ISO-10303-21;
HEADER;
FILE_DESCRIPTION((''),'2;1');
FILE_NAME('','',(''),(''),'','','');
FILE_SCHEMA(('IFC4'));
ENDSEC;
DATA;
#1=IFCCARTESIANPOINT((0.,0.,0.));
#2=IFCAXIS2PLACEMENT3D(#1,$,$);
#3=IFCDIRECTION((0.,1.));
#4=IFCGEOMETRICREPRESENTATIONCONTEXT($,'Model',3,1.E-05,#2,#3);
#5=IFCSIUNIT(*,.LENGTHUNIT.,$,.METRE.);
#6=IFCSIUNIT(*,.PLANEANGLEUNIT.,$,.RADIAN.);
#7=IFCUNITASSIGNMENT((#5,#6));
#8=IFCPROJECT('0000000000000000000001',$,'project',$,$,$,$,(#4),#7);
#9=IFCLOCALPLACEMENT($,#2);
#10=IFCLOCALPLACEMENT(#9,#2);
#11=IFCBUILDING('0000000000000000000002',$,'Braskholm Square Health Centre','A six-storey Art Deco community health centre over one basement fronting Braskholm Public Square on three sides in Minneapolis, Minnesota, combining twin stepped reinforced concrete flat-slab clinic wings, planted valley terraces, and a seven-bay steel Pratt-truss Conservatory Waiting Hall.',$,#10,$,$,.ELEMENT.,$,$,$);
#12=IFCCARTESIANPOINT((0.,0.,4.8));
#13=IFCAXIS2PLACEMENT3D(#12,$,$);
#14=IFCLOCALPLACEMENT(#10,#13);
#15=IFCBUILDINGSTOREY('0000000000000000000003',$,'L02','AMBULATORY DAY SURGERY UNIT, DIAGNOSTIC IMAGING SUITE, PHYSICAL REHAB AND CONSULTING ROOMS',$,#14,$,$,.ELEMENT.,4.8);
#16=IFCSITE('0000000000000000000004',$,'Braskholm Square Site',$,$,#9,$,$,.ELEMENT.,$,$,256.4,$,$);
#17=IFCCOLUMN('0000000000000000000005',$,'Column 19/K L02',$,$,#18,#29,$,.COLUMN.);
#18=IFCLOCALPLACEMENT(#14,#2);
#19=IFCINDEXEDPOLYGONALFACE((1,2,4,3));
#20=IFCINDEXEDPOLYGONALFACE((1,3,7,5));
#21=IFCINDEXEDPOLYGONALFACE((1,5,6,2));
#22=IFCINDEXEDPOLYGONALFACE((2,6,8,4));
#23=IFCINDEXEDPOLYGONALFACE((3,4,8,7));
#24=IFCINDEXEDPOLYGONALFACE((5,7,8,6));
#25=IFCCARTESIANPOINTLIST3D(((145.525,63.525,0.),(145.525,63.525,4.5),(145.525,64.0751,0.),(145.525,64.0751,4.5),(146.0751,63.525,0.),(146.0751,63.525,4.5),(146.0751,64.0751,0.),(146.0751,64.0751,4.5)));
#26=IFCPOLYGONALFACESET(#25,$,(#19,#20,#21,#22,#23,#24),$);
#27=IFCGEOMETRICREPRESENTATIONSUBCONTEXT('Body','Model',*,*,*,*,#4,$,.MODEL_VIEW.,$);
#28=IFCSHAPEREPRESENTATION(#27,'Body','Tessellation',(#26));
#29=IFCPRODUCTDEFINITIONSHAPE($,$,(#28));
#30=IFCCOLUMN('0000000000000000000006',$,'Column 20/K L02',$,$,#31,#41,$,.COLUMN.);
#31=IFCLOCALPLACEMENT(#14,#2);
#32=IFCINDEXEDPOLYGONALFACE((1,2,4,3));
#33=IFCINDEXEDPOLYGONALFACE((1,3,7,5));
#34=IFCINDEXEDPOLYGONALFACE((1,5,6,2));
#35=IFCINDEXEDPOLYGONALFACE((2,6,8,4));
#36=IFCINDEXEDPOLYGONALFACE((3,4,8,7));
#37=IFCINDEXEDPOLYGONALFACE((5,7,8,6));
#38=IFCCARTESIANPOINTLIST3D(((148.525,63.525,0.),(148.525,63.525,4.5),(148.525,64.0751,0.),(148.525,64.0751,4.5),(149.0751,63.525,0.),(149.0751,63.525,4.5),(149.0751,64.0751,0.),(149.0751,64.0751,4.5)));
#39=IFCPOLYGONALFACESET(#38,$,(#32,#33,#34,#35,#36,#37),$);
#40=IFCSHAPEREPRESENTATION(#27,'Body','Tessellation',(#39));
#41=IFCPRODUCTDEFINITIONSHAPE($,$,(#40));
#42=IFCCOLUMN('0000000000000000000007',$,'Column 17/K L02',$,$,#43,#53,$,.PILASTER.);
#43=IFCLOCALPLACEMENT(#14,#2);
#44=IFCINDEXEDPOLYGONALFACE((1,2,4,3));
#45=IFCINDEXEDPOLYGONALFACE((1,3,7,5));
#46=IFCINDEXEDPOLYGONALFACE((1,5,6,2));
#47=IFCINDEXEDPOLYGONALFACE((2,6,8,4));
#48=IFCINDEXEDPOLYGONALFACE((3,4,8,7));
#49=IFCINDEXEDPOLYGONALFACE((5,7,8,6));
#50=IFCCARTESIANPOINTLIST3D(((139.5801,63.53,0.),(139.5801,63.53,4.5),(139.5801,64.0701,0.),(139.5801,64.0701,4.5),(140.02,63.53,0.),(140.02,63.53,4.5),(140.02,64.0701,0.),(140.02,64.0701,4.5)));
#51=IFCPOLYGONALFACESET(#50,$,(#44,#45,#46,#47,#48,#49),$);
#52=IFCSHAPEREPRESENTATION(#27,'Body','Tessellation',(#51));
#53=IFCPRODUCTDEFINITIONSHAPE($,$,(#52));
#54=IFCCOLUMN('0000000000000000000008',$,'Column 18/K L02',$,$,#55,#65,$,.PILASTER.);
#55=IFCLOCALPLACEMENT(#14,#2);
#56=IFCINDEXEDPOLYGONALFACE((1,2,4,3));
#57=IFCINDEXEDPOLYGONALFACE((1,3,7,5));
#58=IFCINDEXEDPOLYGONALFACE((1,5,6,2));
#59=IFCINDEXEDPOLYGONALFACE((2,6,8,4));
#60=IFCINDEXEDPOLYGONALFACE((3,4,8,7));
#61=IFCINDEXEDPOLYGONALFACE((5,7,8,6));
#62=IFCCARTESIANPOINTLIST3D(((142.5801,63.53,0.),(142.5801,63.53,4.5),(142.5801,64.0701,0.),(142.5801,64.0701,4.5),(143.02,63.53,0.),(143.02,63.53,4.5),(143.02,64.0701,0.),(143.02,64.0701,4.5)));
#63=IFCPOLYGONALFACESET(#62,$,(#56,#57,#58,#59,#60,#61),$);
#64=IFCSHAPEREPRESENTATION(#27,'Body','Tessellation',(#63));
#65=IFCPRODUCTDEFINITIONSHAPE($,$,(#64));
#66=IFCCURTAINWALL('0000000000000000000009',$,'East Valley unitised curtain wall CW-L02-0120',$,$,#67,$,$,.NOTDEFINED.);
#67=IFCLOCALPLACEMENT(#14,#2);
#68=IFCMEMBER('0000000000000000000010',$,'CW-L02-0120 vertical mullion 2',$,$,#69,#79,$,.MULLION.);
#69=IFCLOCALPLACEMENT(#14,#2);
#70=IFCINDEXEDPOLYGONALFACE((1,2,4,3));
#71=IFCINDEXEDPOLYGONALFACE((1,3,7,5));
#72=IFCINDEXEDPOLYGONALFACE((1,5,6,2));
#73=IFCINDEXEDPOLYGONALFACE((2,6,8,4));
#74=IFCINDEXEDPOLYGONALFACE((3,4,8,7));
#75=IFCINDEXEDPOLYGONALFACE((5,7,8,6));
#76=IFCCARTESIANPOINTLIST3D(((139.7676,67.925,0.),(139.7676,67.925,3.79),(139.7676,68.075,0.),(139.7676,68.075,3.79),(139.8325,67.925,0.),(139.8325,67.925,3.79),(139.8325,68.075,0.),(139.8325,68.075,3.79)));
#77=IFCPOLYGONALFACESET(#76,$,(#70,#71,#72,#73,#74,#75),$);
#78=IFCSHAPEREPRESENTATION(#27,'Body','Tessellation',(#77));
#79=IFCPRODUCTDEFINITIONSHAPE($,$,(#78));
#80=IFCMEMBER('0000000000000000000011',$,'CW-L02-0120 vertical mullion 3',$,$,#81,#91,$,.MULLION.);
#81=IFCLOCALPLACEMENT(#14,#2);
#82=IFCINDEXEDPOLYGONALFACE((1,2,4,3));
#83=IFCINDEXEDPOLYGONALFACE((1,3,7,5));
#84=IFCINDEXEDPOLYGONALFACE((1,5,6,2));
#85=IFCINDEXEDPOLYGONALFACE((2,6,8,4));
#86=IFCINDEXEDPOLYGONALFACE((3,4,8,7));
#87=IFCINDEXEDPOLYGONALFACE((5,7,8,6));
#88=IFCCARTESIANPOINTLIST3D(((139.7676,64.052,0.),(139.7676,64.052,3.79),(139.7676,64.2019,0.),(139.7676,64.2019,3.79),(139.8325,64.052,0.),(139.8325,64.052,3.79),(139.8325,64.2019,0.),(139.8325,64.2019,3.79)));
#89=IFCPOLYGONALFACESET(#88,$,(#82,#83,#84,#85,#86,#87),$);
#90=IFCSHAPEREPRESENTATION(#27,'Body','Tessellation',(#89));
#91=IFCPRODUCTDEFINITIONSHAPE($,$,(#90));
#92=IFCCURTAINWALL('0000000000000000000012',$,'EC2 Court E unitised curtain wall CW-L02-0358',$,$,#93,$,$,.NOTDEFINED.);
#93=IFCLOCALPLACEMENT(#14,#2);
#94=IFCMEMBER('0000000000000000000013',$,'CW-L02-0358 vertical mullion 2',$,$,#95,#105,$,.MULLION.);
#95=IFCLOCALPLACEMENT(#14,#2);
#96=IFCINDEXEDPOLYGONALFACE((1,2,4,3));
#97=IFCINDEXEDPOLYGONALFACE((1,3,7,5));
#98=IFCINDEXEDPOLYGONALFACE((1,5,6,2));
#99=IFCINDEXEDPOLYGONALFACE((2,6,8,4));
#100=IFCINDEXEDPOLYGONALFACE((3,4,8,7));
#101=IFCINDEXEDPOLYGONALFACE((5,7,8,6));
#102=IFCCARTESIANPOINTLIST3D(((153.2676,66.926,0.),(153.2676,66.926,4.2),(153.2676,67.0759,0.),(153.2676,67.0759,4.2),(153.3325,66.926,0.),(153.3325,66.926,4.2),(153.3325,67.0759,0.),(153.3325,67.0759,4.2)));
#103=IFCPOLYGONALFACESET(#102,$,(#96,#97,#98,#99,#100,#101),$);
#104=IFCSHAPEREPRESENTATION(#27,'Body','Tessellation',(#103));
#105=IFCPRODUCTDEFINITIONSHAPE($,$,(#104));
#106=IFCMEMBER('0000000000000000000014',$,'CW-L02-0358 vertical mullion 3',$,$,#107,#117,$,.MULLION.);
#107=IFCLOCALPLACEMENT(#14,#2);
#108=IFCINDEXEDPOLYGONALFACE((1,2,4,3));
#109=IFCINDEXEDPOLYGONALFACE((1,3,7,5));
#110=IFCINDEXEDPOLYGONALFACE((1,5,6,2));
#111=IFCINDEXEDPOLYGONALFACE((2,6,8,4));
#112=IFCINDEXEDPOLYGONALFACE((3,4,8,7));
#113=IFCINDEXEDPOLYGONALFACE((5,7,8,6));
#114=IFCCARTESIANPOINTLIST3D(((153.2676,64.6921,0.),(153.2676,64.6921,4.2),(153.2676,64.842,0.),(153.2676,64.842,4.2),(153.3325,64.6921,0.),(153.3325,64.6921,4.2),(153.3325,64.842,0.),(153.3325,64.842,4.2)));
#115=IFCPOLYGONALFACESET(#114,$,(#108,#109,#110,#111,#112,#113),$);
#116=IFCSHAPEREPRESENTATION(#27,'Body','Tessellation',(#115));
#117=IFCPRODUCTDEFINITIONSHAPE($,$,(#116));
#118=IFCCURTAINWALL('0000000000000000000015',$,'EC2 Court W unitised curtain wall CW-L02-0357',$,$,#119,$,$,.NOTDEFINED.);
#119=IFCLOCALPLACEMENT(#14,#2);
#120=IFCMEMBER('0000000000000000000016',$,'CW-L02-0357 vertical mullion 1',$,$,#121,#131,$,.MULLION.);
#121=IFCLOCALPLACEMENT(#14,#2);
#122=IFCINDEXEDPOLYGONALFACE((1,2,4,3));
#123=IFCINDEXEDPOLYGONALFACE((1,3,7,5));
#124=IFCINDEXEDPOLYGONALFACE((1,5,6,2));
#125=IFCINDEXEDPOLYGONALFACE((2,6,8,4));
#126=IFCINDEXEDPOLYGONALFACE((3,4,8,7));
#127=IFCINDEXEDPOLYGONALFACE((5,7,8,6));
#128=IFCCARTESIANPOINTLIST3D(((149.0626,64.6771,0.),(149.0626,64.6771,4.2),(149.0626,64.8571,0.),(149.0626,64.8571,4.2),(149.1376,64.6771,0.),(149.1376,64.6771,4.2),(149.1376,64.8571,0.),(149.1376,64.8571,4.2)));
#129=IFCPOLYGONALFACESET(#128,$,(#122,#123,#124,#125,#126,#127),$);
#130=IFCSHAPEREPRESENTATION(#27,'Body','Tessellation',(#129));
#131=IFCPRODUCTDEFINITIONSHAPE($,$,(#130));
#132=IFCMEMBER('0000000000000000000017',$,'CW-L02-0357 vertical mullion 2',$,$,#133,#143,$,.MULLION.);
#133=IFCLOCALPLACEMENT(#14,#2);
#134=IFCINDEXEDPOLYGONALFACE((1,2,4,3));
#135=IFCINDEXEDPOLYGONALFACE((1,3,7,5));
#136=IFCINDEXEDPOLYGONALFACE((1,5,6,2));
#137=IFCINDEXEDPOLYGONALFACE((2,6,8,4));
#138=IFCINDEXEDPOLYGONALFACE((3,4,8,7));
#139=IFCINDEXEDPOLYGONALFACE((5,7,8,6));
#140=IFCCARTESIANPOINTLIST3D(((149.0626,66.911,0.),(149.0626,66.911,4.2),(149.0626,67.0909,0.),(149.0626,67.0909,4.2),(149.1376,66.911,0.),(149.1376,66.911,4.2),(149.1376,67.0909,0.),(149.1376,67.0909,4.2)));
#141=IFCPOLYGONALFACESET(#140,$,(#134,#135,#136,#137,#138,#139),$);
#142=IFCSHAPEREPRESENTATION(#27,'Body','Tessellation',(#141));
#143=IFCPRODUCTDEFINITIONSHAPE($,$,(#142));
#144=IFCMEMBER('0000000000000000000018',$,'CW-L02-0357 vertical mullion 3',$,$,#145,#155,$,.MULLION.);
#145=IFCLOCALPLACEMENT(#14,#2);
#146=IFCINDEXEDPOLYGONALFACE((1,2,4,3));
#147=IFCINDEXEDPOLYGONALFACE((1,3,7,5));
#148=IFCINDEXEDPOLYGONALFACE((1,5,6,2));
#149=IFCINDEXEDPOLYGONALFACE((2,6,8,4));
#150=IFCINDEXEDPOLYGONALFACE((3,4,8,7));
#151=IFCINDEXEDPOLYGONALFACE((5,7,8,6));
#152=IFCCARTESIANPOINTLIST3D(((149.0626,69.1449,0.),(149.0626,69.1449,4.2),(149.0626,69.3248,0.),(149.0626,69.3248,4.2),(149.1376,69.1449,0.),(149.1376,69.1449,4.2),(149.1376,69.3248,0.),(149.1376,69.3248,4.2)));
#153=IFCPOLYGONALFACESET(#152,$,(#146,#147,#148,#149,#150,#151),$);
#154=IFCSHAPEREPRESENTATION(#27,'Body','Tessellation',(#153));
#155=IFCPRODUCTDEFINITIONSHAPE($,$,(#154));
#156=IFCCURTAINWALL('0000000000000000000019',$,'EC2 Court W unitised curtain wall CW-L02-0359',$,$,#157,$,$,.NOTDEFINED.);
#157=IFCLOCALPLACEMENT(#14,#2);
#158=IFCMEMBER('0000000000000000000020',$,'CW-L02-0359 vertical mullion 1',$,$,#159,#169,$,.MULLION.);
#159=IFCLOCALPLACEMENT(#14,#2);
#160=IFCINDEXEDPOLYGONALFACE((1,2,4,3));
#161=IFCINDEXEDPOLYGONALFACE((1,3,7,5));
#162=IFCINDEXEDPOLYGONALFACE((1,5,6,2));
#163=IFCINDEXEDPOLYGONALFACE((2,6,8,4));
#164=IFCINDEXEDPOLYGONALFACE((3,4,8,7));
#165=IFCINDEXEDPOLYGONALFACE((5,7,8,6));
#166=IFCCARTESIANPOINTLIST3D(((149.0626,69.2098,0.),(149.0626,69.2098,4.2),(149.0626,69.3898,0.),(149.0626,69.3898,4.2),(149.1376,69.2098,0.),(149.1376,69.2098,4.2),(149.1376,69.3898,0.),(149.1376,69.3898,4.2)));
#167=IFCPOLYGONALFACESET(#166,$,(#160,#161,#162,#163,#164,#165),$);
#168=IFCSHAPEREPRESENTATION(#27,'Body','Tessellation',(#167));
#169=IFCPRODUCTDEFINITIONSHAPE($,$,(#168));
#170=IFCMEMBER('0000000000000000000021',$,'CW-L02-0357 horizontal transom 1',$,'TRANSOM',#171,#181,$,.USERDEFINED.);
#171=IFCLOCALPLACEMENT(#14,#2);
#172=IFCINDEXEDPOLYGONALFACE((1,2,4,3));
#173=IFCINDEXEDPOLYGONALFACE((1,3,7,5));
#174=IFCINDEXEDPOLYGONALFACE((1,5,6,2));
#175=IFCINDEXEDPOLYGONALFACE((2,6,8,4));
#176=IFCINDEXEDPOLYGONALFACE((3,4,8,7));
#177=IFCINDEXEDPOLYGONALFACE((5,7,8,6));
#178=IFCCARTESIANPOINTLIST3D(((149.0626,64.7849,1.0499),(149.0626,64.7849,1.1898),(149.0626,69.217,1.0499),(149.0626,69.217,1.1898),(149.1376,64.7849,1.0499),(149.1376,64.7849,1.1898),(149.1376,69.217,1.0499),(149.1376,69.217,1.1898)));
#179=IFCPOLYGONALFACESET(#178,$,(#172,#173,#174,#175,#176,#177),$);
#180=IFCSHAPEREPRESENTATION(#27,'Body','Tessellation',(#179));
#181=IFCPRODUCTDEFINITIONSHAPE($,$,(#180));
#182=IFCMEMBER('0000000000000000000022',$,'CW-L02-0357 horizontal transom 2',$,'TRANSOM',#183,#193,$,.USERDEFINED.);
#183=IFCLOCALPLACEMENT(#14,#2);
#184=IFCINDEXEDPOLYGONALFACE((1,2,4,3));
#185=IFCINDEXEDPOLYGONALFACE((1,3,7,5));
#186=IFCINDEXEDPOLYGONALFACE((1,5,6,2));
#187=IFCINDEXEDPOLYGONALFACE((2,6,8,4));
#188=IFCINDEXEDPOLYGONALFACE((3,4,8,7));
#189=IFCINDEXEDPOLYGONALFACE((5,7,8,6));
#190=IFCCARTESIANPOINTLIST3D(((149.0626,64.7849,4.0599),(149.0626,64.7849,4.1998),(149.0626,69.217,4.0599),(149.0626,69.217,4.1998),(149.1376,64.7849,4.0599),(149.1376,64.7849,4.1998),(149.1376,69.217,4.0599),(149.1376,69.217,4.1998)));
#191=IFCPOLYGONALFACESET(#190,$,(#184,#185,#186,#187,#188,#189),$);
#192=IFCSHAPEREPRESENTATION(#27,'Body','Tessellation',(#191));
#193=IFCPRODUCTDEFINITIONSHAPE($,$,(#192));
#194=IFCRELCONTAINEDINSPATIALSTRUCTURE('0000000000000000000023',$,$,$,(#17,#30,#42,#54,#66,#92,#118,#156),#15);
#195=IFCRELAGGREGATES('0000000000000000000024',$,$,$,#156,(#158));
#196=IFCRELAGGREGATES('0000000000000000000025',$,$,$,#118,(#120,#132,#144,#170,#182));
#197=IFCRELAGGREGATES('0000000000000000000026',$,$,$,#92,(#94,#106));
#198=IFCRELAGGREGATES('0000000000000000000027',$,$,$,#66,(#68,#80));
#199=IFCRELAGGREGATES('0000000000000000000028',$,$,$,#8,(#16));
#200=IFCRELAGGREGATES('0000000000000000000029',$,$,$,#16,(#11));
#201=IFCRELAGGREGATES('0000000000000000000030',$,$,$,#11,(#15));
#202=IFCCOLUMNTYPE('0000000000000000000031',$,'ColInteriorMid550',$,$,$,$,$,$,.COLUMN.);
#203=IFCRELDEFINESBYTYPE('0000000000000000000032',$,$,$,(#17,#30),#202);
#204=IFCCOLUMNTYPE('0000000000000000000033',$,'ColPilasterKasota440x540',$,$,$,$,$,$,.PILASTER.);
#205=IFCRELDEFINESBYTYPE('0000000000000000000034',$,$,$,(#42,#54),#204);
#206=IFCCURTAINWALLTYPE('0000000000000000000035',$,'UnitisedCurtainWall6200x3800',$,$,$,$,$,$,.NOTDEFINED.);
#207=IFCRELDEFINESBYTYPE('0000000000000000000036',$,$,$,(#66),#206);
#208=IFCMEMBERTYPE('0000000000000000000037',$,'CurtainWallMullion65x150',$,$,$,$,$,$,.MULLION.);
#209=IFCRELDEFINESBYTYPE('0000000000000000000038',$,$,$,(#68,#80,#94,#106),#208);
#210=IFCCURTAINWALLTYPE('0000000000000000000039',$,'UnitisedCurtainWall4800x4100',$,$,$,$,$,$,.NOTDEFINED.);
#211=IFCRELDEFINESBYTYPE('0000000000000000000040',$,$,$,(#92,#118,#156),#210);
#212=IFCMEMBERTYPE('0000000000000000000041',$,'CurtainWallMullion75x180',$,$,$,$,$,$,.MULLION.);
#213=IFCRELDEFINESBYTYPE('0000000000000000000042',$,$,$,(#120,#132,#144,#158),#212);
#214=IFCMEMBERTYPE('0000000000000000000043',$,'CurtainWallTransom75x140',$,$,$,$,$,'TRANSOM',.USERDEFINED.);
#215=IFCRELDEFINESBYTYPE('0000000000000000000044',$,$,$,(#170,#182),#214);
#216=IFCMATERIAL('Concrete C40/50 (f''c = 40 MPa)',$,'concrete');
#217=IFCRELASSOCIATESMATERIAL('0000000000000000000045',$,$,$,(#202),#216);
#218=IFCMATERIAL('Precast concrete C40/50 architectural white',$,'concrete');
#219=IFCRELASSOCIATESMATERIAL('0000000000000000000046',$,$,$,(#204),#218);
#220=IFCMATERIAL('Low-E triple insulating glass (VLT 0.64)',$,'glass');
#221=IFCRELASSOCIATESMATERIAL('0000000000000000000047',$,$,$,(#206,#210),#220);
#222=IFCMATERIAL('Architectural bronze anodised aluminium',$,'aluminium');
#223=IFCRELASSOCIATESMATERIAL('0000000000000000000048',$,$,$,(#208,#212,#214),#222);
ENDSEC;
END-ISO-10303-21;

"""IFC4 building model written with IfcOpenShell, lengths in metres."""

from ifc_helpers import new_model, si_unit, direction, frame, origin, origin_2d, place, context, subcontext, project, spatial, rectangle, extrude, material, material_profile, profile_set, type_object, element, aggregate, save


model = new_model("IFC4")

# Units and contexts
model_context = context("Model", 3, precision=1e-05, world=origin(), true_north=direction((0.0, 1.0)))
body_context = subcontext(model_context, "Body", "Model", "MODEL_VIEW")
ifc_project = project(units=[si_unit("LENGTHUNIT", "METRE"), si_unit("PLANEANGLEUNIT", "RADIAN")], contexts=[model_context])

# Site, building, storey
site_placement = place(None, origin())
site = spatial("IfcSite", under=ifc_project, at=site_placement, Name="Braskholm Square Site", CompositionType="ELEMENT", RefElevation=256.4)
building_placement = place(site_placement, origin())
building = spatial("IfcBuilding", under=site, at=building_placement, Name="Braskholm Square Health Centre", Description="A six-storey Art Deco community health centre over one basement fronting Braskholm Public Square on three sides in Minneapolis, Minnesota, combining twin stepped reinforced concrete flat-slab clinic wings, planted valley terraces, and a seven-bay steel Pratt-truss Conservatory Waiting Hall.", CompositionType="ELEMENT")
storey_placement = place(building_placement, frame((0.0, 0.0, 4.8)))
storey = spatial("IfcBuildingStorey", under=building, at=storey_placement, Name="L02", Description="AMBULATORY DAY SURGERY UNIT, DIAGNOSTIC IMAGING SUITE, PHYSICAL REHAB AND CONSULTING ROOMS", CompositionType="ELEMENT", Elevation=4.8)

# Columns
ifc_material_1 = material(Name="Concrete C40/50 (f'c = 40 MPa)", Category="concrete")
ifc_material_profile_1 = material_profile(ifc_material_1, rectangle(XDim=0.55, YDim=0.55, at=origin_2d()), Name="RC-550X550")
ifc_profile_set_1 = profile_set([ifc_material_profile_1], Name="Concrete C40/50 (f'c = 40 MPa)")
column_type_1 = type_object("IfcColumnType", Name="ColInteriorMid550", PredefinedType="COLUMN", material=ifc_profile_set_1)
for number, where, z_axis, x_axis, name in (
    (1, (145.8, 63.8, 0.0), (0.0, 0.0, 1.0), (1.0, 0.0, 0.0), "Column 19/K L02"),
    (2, (148.8, 63.8, 0.0), (0.0, 0.0, 1.0), (1.0, 0.0, 0.0), "Column 20/K L02"),
):
    element("IfcColumn", number, at=place(storey_placement, frame(where, z_axis=z_axis, x_axis=x_axis)), inside=storey, type_object=column_type_1, Name=name, PredefinedType="COLUMN", context=body_context, shape_type="SweptSolid", body=[
        extrude(rectangle(XDim=0.55, YDim=0.55, at=origin_2d()), origin(), (0.0, 0.0, 1.0), 4.5),
    ])
ifc_material_2 = material(Name="Precast concrete C40/50 architectural white", Category="concrete")
ifc_material_profile_2 = material_profile(ifc_material_2, rectangle(XDim=0.4399, YDim=0.54, at=origin_2d()), Name="RC-440X540")
ifc_profile_set_2 = profile_set([ifc_material_profile_2], Name="Precast concrete C40/50 architectural white")
column_type_2 = type_object("IfcColumnType", Name="ColPilasterKasota440x540", PredefinedType="PILASTER", material=ifc_profile_set_2)
for number, where, z_axis, x_axis, name in (
    (3, (139.8, 63.8, 0.0), (0.0, 0.0, 1.0), (1.0, 0.0, 0.0), "Column 17/K L02"),
    (4, (142.8, 63.8, 0.0), (0.0, 0.0, 1.0), (1.0, 0.0, 0.0), "Column 18/K L02"),
):
    element("IfcColumn", number, at=place(storey_placement, frame(where, z_axis=z_axis, x_axis=x_axis)), inside=storey, type_object=column_type_2, Name=name, PredefinedType="PILASTER", context=body_context, shape_type="SweptSolid", body=[
        extrude(rectangle(XDim=0.4399, YDim=0.54, at=origin_2d()), origin(), (0.0, 0.0, 1.0), 4.5),
    ])

# Curtain walls, members
ifc_material_3 = material(Name="Low-E triple insulating glass (VLT 0.64)", Category="glass")
curtain_wall_type_1 = type_object("IfcCurtainWallType", Name="UnitisedCurtainWall6200x3800", PredefinedType="NOTDEFINED", material=ifc_material_3)
curtain_wall_1_placement = place(storey_placement, origin())
curtain_wall_1 = element("IfcCurtainWall", 5, at=curtain_wall_1_placement, inside=storey, type_object=curtain_wall_type_1, Name="East Valley unitised curtain wall CW-L02-0120", PredefinedType="NOTDEFINED")
ifc_material_4 = material(Name="Architectural bronze anodised aluminium", Category="aluminium")
ifc_material_profile_3 = material_profile(ifc_material_4, rectangle(XDim=0.0649, YDim=0.1499, at=origin_2d()), Name="ALU-65X150")
ifc_profile_set_3 = profile_set([ifc_material_profile_3], Name="Architectural bronze anodised aluminium")
member_type_1 = type_object("IfcMemberType", Name="CurtainWallMullion65x150", PredefinedType="MULLION", material=ifc_profile_set_3)
member_1_placement = place(storey_placement, frame((139.8, 68.0, 0.0), z_axis=(0.0, 0.0, 1.0), x_axis=(1.0, 0.0, 0.0)))
member_1 = element("IfcMember", 6, at=member_1_placement, type_object=member_type_1, Name="CW-L02-0120 vertical mullion 2", PredefinedType="MULLION", context=body_context, shape_type="SweptSolid", body=[
    extrude(rectangle(XDim=0.0649, YDim=0.1499, at=origin_2d()), origin(), (0.0, 0.0, 1.0), 3.79),
])
member_2_placement = place(storey_placement, frame((139.8, 64.127, 0.0), z_axis=(0.0, 0.0, 1.0), x_axis=(1.0, 0.0, 0.0)))
member_2 = element("IfcMember", 7, at=member_2_placement, type_object=member_type_1, Name="CW-L02-0120 vertical mullion 3", PredefinedType="MULLION", context=body_context, shape_type="SweptSolid", body=[
    extrude(rectangle(XDim=0.0649, YDim=0.1499, at=origin_2d()), origin(), (0.0, 0.0, 1.0), 3.79),
])
curtain_wall_type_2 = type_object("IfcCurtainWallType", Name="UnitisedCurtainWall4800x4100", PredefinedType="NOTDEFINED", material=ifc_material_3)
curtain_wall_2_placement = place(storey_placement, origin())
curtain_wall_2 = element("IfcCurtainWall", 8, at=curtain_wall_2_placement, inside=storey, type_object=curtain_wall_type_2, Name="EC2 Court E unitised curtain wall CW-L02-0358", PredefinedType="NOTDEFINED")
member_3_placement = place(storey_placement, frame((153.3, 67.001, 0.0), z_axis=(0.0, 0.0, 1.0), x_axis=(1.0, 0.0, 0.0)))
member_3 = element("IfcMember", 9, at=member_3_placement, type_object=member_type_1, Name="CW-L02-0358 vertical mullion 2", PredefinedType="MULLION", context=body_context, shape_type="SweptSolid", body=[
    extrude(rectangle(XDim=0.0649, YDim=0.1499, at=origin_2d()), origin(), (0.0, 0.0, 1.0), 4.2),
])
member_4_placement = place(storey_placement, frame((153.3, 64.7671, 0.0), z_axis=(0.0, 0.0, 1.0), x_axis=(1.0, 0.0, 0.0)))
member_4 = element("IfcMember", 10, at=member_4_placement, type_object=member_type_1, Name="CW-L02-0358 vertical mullion 3", PredefinedType="MULLION", context=body_context, shape_type="SweptSolid", body=[
    extrude(rectangle(XDim=0.0649, YDim=0.1499, at=origin_2d()), origin(), (0.0, 0.0, 1.0), 4.2),
])
curtain_wall_3_placement = place(storey_placement, origin())
curtain_wall_3 = element("IfcCurtainWall", 11, at=curtain_wall_3_placement, inside=storey, type_object=curtain_wall_type_2, Name="EC2 Court W unitised curtain wall CW-L02-0357", PredefinedType="NOTDEFINED")
ifc_material_profile_4 = material_profile(ifc_material_4, rectangle(XDim=0.075, YDim=0.1799, at=origin_2d()), Name="ALU-75X180")
ifc_profile_set_4 = profile_set([ifc_material_profile_4], Name="Architectural bronze anodised aluminium")
member_type_2 = type_object("IfcMemberType", Name="CurtainWallMullion75x180", PredefinedType="MULLION", material=ifc_profile_set_4)
member_5_placement = place(storey_placement, frame((149.1001, 64.7671, 0.0), z_axis=(0.0, 0.0, 1.0), x_axis=(1.0, 0.0, 0.0)))
member_5 = element("IfcMember", 12, at=member_5_placement, type_object=member_type_2, Name="CW-L02-0357 vertical mullion 1", PredefinedType="MULLION", context=body_context, shape_type="SweptSolid", body=[
    extrude(rectangle(XDim=0.075, YDim=0.1799, at=origin_2d()), origin(), (0.0, 0.0, 1.0), 4.2),
])
member_6_placement = place(storey_placement, frame((149.1001, 67.001, 0.0), z_axis=(0.0, 0.0, 1.0), x_axis=(1.0, 0.0, 0.0)))
member_6 = element("IfcMember", 13, at=member_6_placement, type_object=member_type_2, Name="CW-L02-0357 vertical mullion 2", PredefinedType="MULLION", context=body_context, shape_type="SweptSolid", body=[
    extrude(rectangle(XDim=0.075, YDim=0.1799, at=origin_2d()), origin(), (0.0, 0.0, 1.0), 4.2),
])
member_7_placement = place(storey_placement, frame((149.1001, 69.2349, 0.0), z_axis=(0.0, 0.0, 1.0), x_axis=(1.0, 0.0, 0.0)))
member_7 = element("IfcMember", 14, at=member_7_placement, type_object=member_type_2, Name="CW-L02-0357 vertical mullion 3", PredefinedType="MULLION", context=body_context, shape_type="SweptSolid", body=[
    extrude(rectangle(XDim=0.075, YDim=0.1799, at=origin_2d()), origin(), (0.0, 0.0, 1.0), 4.2),
])

# Curtain wall, member
curtain_wall_4_placement = place(storey_placement, origin())
curtain_wall_4 = element("IfcCurtainWall", 15, at=curtain_wall_4_placement, inside=storey, type_object=curtain_wall_type_2, Name="EC2 Court W unitised curtain wall CW-L02-0359", PredefinedType="NOTDEFINED")
member_8_placement = place(storey_placement, frame((149.1001, 69.2998, 0.0), z_axis=(0.0, 0.0, 1.0), x_axis=(1.0, 0.0, 0.0)))
member_8 = element("IfcMember", 16, at=member_8_placement, type_object=member_type_2, Name="CW-L02-0359 vertical mullion 1", PredefinedType="MULLION", context=body_context, shape_type="SweptSolid", body=[
    extrude(rectangle(XDim=0.075, YDim=0.1799, at=origin_2d()), origin(), (0.0, 0.0, 1.0), 4.2),
])
aggregate(curtain_wall_4, [member_8])

# Members
ifc_material_profile_5 = material_profile(ifc_material_4, rectangle(XDim=0.075, YDim=0.1399, at=origin_2d()), Name="ALU-75X140")
ifc_profile_set_5 = profile_set([ifc_material_profile_5], Name="Architectural bronze anodised aluminium")
member_type_3 = type_object("IfcMemberType", Name="CurtainWallTransom75x140", ElementType="TRANSOM", PredefinedType="USERDEFINED", material=ifc_profile_set_5)
member_9_placement = place(storey_placement, frame((149.1001, 64.7849, 1.1199), z_axis=(0.0, 1.0, 0.0), x_axis=(-1.0, 0.0, 0.0)))
member_9 = element("IfcMember", 17, at=member_9_placement, type_object=member_type_3, Name="CW-L02-0357 horizontal transom 1", ObjectType="TRANSOM", PredefinedType="USERDEFINED", context=body_context, shape_type="SweptSolid", body=[
    extrude(rectangle(XDim=0.075, YDim=0.1399, at=origin_2d()), origin(), (0.0, 0.0, 1.0), 4.4321),
])
member_10_placement = place(storey_placement, frame((149.1001, 64.7849, 4.1299), z_axis=(0.0, 1.0, 0.0), x_axis=(-1.0, 0.0, 0.0)))
member_10 = element("IfcMember", 18, at=member_10_placement, type_object=member_type_3, Name="CW-L02-0357 horizontal transom 2", ObjectType="TRANSOM", PredefinedType="USERDEFINED", context=body_context, shape_type="SweptSolid", body=[
    extrude(rectangle(XDim=0.075, YDim=0.1399, at=origin_2d()), origin(), (0.0, 0.0, 1.0), 4.4321),
])

aggregate(curtain_wall_3, [member_5, member_6, member_7, member_9, member_10])
aggregate(curtain_wall_2, [member_3, member_4])
aggregate(curtain_wall_1, [member_1, member_2])

save(model, "model.ifc")
